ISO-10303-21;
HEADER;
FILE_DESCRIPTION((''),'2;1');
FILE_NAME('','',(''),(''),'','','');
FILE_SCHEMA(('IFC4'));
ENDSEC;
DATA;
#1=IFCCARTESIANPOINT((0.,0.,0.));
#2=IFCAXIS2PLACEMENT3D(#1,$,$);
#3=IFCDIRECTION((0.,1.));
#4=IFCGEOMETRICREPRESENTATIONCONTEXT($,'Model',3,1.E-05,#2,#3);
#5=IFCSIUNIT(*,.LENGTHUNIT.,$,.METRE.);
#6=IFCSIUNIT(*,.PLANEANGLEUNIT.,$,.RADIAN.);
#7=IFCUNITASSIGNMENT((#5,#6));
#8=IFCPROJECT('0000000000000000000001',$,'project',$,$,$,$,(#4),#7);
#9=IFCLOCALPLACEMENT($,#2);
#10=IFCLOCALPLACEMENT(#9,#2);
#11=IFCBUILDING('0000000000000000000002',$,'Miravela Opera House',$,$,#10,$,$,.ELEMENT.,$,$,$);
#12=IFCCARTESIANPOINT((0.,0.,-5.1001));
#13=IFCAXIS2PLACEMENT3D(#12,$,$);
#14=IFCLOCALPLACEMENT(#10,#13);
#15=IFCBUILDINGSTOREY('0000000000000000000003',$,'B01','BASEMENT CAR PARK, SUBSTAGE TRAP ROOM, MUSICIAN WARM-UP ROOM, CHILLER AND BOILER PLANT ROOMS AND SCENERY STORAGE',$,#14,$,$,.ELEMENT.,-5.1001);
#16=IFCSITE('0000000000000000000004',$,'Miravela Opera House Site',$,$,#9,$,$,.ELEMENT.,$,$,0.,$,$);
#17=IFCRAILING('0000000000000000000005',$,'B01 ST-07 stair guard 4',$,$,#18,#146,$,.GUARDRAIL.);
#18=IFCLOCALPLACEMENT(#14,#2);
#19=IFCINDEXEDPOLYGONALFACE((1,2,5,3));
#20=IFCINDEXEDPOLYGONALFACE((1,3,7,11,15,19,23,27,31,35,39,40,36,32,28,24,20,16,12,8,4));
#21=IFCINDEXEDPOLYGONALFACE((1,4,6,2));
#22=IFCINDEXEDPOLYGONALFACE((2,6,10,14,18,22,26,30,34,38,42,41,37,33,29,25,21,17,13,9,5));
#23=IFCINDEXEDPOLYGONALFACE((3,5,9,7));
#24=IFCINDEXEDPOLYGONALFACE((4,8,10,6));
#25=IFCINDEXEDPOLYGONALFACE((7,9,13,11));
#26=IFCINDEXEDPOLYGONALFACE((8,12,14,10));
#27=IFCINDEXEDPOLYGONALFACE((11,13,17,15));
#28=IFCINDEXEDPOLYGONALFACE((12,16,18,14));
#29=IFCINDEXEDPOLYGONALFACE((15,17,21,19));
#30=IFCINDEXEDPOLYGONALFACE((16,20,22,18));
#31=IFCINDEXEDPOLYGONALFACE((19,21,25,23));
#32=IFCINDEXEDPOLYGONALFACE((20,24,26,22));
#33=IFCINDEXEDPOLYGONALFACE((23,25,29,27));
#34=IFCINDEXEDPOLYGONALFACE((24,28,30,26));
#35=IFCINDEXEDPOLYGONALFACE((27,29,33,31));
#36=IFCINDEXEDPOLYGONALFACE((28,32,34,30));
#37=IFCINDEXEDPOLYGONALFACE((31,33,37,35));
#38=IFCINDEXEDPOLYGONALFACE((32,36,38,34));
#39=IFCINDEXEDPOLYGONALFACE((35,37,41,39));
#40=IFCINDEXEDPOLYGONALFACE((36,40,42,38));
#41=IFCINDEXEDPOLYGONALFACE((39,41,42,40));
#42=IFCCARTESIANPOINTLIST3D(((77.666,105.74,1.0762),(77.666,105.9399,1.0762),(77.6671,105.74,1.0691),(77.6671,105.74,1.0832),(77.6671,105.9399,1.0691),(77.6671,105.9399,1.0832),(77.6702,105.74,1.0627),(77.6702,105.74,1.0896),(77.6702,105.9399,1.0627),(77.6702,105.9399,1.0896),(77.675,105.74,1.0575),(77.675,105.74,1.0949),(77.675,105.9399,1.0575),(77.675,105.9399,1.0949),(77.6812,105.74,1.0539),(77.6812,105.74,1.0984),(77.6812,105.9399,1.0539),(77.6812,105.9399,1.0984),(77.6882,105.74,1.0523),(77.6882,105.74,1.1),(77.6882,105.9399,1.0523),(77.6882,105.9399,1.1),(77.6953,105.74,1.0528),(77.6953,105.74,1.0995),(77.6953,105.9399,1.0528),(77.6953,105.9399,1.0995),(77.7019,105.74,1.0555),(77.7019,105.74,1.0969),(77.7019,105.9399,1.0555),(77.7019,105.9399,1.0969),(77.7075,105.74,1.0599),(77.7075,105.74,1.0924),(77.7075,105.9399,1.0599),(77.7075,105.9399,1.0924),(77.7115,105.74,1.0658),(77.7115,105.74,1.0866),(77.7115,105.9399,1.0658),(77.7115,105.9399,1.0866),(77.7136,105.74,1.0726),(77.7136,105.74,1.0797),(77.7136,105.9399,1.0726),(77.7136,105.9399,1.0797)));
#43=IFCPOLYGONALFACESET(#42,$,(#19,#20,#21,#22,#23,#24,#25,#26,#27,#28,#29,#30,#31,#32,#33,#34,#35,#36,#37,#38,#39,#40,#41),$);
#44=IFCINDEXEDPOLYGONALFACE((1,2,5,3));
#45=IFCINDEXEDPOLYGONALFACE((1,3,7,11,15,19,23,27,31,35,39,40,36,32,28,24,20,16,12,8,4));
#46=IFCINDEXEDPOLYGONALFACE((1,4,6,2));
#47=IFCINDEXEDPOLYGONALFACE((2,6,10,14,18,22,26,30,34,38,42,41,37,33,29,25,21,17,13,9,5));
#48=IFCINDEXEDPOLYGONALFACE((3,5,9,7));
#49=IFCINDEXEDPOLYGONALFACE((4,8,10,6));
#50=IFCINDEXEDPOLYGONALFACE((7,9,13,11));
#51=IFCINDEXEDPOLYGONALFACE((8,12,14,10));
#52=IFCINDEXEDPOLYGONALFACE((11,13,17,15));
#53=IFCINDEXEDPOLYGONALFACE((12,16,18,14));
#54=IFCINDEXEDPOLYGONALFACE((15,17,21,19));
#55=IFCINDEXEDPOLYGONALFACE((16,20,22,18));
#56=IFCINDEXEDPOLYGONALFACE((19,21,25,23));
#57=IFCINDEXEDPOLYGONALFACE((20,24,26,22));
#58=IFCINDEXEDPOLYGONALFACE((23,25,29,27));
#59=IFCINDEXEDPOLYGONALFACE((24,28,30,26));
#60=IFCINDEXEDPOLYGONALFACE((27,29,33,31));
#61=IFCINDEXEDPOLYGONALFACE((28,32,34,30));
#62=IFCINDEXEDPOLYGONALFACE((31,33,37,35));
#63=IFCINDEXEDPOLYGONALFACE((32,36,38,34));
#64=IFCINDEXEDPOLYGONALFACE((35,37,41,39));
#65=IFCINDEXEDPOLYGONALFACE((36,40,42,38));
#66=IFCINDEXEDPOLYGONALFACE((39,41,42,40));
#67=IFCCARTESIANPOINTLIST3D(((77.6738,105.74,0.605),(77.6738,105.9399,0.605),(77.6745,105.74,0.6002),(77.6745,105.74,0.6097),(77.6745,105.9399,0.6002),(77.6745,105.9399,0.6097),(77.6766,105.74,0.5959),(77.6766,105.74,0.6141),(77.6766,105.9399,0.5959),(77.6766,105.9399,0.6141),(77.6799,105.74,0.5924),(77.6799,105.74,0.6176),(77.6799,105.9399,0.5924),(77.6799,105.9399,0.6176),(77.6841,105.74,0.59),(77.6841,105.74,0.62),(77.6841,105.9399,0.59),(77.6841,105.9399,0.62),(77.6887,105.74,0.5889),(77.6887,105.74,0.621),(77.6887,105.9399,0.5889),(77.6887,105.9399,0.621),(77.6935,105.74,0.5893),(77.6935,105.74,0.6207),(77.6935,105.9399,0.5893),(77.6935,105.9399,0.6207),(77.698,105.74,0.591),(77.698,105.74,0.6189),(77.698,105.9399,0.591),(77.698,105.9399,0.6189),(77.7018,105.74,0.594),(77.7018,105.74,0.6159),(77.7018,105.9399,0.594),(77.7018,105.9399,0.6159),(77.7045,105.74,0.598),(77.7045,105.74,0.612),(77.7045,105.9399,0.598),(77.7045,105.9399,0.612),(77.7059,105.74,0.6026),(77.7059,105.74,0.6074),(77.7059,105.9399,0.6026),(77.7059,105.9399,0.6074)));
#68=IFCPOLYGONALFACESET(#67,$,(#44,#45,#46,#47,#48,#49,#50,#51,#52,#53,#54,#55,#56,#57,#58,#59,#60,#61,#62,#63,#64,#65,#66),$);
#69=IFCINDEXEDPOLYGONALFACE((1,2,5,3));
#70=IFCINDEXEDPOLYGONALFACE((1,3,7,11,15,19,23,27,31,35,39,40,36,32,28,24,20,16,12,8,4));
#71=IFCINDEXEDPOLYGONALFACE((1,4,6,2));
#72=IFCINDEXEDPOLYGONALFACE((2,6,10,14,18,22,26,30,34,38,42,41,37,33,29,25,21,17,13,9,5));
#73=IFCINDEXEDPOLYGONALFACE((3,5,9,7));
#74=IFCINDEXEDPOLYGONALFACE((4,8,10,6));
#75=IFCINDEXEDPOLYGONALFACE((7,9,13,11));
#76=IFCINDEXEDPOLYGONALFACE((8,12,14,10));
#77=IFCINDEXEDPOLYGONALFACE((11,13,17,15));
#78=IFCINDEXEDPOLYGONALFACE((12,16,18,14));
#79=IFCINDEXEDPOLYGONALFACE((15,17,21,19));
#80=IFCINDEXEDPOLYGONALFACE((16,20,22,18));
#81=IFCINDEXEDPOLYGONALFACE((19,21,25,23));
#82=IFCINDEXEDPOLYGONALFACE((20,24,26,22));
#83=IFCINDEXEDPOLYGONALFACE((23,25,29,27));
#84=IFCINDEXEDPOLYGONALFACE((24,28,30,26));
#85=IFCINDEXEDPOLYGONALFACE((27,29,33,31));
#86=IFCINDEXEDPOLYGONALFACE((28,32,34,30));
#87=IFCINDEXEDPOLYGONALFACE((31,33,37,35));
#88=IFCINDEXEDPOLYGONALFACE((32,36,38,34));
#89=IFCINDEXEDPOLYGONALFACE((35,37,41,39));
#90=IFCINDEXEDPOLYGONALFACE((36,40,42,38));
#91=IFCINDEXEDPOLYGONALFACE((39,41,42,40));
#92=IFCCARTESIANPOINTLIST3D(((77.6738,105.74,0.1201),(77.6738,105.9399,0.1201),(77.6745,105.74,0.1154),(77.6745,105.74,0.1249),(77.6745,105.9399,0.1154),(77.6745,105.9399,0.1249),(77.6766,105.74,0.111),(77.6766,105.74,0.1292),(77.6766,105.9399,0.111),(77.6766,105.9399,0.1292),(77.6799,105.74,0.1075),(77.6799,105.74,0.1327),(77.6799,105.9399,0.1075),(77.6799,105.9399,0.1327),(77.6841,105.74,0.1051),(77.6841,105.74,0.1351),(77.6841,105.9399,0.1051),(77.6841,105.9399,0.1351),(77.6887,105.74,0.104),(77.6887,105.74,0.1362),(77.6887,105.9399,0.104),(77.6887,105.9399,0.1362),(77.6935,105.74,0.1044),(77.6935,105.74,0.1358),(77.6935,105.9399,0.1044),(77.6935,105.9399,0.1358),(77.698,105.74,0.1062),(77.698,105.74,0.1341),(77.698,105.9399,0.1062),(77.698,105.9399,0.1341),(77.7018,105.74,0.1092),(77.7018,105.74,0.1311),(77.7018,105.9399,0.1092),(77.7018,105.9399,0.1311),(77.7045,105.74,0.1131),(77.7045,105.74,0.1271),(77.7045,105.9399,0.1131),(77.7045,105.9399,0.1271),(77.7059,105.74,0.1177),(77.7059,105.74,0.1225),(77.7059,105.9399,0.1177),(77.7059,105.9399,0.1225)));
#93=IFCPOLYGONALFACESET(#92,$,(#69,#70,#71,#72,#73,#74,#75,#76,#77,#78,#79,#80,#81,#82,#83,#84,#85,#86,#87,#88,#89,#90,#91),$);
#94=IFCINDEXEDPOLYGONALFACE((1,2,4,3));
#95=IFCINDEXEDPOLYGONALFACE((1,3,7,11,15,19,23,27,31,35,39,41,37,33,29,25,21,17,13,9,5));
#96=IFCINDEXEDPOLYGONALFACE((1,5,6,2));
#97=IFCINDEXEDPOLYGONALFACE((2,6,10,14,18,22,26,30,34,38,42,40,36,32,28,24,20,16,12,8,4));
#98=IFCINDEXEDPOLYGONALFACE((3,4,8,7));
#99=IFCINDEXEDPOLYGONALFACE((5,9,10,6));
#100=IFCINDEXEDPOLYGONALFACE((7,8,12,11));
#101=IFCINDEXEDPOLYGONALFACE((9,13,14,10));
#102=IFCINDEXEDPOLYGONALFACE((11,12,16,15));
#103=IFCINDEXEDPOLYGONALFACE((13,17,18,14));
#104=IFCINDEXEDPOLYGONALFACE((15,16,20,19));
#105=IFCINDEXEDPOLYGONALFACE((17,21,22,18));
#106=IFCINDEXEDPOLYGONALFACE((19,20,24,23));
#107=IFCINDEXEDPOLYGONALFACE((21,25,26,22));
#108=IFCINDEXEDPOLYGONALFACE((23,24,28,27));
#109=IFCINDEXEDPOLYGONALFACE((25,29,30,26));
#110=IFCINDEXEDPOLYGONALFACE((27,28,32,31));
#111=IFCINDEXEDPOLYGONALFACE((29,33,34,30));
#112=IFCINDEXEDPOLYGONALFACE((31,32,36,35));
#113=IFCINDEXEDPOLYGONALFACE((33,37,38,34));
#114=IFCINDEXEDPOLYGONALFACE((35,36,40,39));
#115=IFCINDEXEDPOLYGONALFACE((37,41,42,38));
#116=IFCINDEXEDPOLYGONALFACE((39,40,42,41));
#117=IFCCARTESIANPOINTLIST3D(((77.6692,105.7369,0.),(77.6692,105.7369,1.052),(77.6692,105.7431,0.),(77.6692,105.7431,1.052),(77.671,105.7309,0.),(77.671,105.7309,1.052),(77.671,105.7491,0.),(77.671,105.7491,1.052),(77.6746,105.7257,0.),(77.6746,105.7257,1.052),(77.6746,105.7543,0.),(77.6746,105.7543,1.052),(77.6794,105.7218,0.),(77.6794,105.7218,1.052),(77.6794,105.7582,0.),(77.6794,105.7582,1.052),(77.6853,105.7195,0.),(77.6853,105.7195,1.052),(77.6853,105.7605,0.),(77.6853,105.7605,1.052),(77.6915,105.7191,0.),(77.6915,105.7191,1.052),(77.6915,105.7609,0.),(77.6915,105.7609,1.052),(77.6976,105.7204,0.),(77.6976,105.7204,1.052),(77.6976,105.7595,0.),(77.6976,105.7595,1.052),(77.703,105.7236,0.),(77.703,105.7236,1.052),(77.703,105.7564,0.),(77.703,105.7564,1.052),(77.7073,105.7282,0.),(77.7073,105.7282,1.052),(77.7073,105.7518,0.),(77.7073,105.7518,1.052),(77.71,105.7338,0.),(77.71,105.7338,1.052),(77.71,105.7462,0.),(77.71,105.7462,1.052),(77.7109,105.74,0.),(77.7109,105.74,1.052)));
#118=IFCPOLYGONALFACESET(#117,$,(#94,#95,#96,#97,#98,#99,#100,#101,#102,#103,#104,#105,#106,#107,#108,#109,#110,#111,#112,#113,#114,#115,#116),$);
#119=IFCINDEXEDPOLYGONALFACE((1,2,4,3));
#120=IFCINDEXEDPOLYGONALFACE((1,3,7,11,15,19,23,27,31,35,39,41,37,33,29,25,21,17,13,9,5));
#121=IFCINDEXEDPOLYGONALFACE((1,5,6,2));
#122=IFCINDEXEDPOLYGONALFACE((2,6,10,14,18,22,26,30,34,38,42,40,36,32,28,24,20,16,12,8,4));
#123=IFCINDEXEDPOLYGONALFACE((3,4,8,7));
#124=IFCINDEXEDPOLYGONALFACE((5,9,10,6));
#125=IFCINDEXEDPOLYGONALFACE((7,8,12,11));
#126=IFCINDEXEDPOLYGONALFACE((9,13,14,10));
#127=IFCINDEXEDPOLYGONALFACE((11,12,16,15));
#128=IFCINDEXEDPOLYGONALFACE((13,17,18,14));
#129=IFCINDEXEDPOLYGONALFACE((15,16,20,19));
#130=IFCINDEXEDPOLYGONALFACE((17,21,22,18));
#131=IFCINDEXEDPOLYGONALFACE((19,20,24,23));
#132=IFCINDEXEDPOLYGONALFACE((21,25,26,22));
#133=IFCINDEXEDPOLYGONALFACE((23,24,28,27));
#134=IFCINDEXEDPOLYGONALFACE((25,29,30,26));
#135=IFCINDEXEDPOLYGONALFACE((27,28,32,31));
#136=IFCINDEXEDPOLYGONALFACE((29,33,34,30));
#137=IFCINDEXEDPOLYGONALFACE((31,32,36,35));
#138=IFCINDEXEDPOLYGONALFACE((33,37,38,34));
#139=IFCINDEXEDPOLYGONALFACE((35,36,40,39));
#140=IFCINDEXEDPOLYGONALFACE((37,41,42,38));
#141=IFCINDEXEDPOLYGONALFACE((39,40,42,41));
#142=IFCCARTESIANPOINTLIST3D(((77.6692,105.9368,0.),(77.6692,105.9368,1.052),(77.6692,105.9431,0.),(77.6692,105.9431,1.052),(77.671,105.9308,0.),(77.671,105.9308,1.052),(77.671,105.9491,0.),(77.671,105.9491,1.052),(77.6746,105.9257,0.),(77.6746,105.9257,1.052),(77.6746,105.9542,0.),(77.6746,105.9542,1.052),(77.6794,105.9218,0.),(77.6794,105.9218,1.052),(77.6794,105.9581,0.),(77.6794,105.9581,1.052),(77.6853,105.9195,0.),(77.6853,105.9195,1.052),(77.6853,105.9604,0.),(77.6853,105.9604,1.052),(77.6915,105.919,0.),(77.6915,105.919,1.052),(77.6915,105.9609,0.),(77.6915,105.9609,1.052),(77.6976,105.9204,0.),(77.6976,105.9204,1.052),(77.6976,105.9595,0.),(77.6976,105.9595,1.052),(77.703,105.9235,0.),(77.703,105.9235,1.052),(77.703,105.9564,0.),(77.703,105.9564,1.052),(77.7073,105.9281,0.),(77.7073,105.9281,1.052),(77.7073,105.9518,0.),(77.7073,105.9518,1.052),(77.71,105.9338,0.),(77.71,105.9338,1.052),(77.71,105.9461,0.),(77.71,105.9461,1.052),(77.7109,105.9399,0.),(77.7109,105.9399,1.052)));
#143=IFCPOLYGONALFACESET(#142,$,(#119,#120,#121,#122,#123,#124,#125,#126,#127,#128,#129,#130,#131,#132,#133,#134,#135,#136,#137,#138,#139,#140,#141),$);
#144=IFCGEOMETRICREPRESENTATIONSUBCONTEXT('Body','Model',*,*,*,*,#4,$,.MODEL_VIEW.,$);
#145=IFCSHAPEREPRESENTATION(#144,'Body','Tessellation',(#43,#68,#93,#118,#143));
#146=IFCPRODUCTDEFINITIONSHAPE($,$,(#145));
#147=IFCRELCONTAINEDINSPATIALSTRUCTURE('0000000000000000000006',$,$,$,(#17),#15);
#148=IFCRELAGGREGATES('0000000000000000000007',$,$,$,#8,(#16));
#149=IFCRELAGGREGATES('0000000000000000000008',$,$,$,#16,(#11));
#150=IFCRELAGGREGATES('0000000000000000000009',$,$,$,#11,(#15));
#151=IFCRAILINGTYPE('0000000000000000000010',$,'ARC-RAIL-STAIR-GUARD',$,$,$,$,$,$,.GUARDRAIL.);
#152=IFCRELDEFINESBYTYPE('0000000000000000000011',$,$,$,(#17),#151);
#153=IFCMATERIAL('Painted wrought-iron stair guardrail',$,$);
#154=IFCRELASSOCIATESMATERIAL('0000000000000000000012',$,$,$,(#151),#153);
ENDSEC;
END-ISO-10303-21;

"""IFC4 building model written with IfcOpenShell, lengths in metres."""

from ifc_helpers import new_model, si_unit, direction, frame, origin, origin_2d, place, context, subcontext, project, spatial, circle, extrude, material, type_object, element, save


model = new_model("IFC4")

# Units and contexts
model_context = context("Model", 3, precision=1e-05, world=origin(), true_north=direction((0.0, 1.0)))
body_context = subcontext(model_context, "Body", "Model", "MODEL_VIEW")
ifc_project = project(units=[si_unit("LENGTHUNIT", "METRE"), si_unit("PLANEANGLEUNIT", "RADIAN")], contexts=[model_context])

# Site, building, storey
site_placement = place(None, origin())
site = spatial("IfcSite", under=ifc_project, at=site_placement, Name="Miravela Opera House Site", CompositionType="ELEMENT", RefElevation=0.0)
building_placement = place(site_placement, origin())
building = spatial("IfcBuilding", under=site, at=building_placement, Name="Miravela Opera House", CompositionType="ELEMENT")
storey_placement = place(building_placement, frame((0.0, 0.0, -5.1001)))
storey = spatial("IfcBuildingStorey", under=building, at=storey_placement, Name="B01", Description="BASEMENT CAR PARK, SUBSTAGE TRAP ROOM, MUSICIAN WARM-UP ROOM, CHILLER AND BOILER PLANT ROOMS AND SCENERY STORAGE", CompositionType="ELEMENT", Elevation=-5.1001)

# Railing
ifc_material_1 = material(Name="Painted wrought-iron stair guardrail")
railing_type_1 = type_object("IfcRailingType", Name="ARC-RAIL-STAIR-GUARD", PredefinedType="GUARDRAIL", material=ifc_material_1)
railing_1_placement = place(storey_placement, frame((77.6899, 105.74, 0.0)))
element("IfcRailing", 1, at=railing_1_placement, inside=storey, type_object=railing_type_1, Name="B01 ST-07 stair guard 4", PredefinedType="GUARDRAIL", context=body_context, shape_type="SweptSolid", body=[
    extrude(circle(Radius=0.0239, at=origin_2d()), frame((0.0, 0.0, 1.0762), z_axis=(0.0, 1.0, 0.0), x_axis=(-1.0, 0.0, 0.0)), (0.0, 0.0, 1.0), 0.2),
    extrude(circle(Radius=0.0161, at=origin_2d()), frame((0.0, 0.0, 0.605), z_axis=(0.0, 1.0, 0.0), x_axis=(-1.0, 0.0, 0.0)), (0.0, 0.0, 1.0), 0.2),
    extrude(circle(Radius=0.0161, at=origin_2d()), frame((0.0, 0.0, 0.1201), z_axis=(0.0, 1.0, 0.0), x_axis=(-1.0, 0.0, 0.0)), (0.0, 0.0, 1.0), 0.2),
    extrude(circle(Radius=0.021, at=origin_2d()), origin(), (0.0, 0.0, 1.0), 1.052),
    extrude(circle(Radius=0.021, at=origin_2d()), frame((0.0, 0.2, 0.0)), (0.0, 0.0, 1.0), 1.052),
])

save(model, "model.ifc")
